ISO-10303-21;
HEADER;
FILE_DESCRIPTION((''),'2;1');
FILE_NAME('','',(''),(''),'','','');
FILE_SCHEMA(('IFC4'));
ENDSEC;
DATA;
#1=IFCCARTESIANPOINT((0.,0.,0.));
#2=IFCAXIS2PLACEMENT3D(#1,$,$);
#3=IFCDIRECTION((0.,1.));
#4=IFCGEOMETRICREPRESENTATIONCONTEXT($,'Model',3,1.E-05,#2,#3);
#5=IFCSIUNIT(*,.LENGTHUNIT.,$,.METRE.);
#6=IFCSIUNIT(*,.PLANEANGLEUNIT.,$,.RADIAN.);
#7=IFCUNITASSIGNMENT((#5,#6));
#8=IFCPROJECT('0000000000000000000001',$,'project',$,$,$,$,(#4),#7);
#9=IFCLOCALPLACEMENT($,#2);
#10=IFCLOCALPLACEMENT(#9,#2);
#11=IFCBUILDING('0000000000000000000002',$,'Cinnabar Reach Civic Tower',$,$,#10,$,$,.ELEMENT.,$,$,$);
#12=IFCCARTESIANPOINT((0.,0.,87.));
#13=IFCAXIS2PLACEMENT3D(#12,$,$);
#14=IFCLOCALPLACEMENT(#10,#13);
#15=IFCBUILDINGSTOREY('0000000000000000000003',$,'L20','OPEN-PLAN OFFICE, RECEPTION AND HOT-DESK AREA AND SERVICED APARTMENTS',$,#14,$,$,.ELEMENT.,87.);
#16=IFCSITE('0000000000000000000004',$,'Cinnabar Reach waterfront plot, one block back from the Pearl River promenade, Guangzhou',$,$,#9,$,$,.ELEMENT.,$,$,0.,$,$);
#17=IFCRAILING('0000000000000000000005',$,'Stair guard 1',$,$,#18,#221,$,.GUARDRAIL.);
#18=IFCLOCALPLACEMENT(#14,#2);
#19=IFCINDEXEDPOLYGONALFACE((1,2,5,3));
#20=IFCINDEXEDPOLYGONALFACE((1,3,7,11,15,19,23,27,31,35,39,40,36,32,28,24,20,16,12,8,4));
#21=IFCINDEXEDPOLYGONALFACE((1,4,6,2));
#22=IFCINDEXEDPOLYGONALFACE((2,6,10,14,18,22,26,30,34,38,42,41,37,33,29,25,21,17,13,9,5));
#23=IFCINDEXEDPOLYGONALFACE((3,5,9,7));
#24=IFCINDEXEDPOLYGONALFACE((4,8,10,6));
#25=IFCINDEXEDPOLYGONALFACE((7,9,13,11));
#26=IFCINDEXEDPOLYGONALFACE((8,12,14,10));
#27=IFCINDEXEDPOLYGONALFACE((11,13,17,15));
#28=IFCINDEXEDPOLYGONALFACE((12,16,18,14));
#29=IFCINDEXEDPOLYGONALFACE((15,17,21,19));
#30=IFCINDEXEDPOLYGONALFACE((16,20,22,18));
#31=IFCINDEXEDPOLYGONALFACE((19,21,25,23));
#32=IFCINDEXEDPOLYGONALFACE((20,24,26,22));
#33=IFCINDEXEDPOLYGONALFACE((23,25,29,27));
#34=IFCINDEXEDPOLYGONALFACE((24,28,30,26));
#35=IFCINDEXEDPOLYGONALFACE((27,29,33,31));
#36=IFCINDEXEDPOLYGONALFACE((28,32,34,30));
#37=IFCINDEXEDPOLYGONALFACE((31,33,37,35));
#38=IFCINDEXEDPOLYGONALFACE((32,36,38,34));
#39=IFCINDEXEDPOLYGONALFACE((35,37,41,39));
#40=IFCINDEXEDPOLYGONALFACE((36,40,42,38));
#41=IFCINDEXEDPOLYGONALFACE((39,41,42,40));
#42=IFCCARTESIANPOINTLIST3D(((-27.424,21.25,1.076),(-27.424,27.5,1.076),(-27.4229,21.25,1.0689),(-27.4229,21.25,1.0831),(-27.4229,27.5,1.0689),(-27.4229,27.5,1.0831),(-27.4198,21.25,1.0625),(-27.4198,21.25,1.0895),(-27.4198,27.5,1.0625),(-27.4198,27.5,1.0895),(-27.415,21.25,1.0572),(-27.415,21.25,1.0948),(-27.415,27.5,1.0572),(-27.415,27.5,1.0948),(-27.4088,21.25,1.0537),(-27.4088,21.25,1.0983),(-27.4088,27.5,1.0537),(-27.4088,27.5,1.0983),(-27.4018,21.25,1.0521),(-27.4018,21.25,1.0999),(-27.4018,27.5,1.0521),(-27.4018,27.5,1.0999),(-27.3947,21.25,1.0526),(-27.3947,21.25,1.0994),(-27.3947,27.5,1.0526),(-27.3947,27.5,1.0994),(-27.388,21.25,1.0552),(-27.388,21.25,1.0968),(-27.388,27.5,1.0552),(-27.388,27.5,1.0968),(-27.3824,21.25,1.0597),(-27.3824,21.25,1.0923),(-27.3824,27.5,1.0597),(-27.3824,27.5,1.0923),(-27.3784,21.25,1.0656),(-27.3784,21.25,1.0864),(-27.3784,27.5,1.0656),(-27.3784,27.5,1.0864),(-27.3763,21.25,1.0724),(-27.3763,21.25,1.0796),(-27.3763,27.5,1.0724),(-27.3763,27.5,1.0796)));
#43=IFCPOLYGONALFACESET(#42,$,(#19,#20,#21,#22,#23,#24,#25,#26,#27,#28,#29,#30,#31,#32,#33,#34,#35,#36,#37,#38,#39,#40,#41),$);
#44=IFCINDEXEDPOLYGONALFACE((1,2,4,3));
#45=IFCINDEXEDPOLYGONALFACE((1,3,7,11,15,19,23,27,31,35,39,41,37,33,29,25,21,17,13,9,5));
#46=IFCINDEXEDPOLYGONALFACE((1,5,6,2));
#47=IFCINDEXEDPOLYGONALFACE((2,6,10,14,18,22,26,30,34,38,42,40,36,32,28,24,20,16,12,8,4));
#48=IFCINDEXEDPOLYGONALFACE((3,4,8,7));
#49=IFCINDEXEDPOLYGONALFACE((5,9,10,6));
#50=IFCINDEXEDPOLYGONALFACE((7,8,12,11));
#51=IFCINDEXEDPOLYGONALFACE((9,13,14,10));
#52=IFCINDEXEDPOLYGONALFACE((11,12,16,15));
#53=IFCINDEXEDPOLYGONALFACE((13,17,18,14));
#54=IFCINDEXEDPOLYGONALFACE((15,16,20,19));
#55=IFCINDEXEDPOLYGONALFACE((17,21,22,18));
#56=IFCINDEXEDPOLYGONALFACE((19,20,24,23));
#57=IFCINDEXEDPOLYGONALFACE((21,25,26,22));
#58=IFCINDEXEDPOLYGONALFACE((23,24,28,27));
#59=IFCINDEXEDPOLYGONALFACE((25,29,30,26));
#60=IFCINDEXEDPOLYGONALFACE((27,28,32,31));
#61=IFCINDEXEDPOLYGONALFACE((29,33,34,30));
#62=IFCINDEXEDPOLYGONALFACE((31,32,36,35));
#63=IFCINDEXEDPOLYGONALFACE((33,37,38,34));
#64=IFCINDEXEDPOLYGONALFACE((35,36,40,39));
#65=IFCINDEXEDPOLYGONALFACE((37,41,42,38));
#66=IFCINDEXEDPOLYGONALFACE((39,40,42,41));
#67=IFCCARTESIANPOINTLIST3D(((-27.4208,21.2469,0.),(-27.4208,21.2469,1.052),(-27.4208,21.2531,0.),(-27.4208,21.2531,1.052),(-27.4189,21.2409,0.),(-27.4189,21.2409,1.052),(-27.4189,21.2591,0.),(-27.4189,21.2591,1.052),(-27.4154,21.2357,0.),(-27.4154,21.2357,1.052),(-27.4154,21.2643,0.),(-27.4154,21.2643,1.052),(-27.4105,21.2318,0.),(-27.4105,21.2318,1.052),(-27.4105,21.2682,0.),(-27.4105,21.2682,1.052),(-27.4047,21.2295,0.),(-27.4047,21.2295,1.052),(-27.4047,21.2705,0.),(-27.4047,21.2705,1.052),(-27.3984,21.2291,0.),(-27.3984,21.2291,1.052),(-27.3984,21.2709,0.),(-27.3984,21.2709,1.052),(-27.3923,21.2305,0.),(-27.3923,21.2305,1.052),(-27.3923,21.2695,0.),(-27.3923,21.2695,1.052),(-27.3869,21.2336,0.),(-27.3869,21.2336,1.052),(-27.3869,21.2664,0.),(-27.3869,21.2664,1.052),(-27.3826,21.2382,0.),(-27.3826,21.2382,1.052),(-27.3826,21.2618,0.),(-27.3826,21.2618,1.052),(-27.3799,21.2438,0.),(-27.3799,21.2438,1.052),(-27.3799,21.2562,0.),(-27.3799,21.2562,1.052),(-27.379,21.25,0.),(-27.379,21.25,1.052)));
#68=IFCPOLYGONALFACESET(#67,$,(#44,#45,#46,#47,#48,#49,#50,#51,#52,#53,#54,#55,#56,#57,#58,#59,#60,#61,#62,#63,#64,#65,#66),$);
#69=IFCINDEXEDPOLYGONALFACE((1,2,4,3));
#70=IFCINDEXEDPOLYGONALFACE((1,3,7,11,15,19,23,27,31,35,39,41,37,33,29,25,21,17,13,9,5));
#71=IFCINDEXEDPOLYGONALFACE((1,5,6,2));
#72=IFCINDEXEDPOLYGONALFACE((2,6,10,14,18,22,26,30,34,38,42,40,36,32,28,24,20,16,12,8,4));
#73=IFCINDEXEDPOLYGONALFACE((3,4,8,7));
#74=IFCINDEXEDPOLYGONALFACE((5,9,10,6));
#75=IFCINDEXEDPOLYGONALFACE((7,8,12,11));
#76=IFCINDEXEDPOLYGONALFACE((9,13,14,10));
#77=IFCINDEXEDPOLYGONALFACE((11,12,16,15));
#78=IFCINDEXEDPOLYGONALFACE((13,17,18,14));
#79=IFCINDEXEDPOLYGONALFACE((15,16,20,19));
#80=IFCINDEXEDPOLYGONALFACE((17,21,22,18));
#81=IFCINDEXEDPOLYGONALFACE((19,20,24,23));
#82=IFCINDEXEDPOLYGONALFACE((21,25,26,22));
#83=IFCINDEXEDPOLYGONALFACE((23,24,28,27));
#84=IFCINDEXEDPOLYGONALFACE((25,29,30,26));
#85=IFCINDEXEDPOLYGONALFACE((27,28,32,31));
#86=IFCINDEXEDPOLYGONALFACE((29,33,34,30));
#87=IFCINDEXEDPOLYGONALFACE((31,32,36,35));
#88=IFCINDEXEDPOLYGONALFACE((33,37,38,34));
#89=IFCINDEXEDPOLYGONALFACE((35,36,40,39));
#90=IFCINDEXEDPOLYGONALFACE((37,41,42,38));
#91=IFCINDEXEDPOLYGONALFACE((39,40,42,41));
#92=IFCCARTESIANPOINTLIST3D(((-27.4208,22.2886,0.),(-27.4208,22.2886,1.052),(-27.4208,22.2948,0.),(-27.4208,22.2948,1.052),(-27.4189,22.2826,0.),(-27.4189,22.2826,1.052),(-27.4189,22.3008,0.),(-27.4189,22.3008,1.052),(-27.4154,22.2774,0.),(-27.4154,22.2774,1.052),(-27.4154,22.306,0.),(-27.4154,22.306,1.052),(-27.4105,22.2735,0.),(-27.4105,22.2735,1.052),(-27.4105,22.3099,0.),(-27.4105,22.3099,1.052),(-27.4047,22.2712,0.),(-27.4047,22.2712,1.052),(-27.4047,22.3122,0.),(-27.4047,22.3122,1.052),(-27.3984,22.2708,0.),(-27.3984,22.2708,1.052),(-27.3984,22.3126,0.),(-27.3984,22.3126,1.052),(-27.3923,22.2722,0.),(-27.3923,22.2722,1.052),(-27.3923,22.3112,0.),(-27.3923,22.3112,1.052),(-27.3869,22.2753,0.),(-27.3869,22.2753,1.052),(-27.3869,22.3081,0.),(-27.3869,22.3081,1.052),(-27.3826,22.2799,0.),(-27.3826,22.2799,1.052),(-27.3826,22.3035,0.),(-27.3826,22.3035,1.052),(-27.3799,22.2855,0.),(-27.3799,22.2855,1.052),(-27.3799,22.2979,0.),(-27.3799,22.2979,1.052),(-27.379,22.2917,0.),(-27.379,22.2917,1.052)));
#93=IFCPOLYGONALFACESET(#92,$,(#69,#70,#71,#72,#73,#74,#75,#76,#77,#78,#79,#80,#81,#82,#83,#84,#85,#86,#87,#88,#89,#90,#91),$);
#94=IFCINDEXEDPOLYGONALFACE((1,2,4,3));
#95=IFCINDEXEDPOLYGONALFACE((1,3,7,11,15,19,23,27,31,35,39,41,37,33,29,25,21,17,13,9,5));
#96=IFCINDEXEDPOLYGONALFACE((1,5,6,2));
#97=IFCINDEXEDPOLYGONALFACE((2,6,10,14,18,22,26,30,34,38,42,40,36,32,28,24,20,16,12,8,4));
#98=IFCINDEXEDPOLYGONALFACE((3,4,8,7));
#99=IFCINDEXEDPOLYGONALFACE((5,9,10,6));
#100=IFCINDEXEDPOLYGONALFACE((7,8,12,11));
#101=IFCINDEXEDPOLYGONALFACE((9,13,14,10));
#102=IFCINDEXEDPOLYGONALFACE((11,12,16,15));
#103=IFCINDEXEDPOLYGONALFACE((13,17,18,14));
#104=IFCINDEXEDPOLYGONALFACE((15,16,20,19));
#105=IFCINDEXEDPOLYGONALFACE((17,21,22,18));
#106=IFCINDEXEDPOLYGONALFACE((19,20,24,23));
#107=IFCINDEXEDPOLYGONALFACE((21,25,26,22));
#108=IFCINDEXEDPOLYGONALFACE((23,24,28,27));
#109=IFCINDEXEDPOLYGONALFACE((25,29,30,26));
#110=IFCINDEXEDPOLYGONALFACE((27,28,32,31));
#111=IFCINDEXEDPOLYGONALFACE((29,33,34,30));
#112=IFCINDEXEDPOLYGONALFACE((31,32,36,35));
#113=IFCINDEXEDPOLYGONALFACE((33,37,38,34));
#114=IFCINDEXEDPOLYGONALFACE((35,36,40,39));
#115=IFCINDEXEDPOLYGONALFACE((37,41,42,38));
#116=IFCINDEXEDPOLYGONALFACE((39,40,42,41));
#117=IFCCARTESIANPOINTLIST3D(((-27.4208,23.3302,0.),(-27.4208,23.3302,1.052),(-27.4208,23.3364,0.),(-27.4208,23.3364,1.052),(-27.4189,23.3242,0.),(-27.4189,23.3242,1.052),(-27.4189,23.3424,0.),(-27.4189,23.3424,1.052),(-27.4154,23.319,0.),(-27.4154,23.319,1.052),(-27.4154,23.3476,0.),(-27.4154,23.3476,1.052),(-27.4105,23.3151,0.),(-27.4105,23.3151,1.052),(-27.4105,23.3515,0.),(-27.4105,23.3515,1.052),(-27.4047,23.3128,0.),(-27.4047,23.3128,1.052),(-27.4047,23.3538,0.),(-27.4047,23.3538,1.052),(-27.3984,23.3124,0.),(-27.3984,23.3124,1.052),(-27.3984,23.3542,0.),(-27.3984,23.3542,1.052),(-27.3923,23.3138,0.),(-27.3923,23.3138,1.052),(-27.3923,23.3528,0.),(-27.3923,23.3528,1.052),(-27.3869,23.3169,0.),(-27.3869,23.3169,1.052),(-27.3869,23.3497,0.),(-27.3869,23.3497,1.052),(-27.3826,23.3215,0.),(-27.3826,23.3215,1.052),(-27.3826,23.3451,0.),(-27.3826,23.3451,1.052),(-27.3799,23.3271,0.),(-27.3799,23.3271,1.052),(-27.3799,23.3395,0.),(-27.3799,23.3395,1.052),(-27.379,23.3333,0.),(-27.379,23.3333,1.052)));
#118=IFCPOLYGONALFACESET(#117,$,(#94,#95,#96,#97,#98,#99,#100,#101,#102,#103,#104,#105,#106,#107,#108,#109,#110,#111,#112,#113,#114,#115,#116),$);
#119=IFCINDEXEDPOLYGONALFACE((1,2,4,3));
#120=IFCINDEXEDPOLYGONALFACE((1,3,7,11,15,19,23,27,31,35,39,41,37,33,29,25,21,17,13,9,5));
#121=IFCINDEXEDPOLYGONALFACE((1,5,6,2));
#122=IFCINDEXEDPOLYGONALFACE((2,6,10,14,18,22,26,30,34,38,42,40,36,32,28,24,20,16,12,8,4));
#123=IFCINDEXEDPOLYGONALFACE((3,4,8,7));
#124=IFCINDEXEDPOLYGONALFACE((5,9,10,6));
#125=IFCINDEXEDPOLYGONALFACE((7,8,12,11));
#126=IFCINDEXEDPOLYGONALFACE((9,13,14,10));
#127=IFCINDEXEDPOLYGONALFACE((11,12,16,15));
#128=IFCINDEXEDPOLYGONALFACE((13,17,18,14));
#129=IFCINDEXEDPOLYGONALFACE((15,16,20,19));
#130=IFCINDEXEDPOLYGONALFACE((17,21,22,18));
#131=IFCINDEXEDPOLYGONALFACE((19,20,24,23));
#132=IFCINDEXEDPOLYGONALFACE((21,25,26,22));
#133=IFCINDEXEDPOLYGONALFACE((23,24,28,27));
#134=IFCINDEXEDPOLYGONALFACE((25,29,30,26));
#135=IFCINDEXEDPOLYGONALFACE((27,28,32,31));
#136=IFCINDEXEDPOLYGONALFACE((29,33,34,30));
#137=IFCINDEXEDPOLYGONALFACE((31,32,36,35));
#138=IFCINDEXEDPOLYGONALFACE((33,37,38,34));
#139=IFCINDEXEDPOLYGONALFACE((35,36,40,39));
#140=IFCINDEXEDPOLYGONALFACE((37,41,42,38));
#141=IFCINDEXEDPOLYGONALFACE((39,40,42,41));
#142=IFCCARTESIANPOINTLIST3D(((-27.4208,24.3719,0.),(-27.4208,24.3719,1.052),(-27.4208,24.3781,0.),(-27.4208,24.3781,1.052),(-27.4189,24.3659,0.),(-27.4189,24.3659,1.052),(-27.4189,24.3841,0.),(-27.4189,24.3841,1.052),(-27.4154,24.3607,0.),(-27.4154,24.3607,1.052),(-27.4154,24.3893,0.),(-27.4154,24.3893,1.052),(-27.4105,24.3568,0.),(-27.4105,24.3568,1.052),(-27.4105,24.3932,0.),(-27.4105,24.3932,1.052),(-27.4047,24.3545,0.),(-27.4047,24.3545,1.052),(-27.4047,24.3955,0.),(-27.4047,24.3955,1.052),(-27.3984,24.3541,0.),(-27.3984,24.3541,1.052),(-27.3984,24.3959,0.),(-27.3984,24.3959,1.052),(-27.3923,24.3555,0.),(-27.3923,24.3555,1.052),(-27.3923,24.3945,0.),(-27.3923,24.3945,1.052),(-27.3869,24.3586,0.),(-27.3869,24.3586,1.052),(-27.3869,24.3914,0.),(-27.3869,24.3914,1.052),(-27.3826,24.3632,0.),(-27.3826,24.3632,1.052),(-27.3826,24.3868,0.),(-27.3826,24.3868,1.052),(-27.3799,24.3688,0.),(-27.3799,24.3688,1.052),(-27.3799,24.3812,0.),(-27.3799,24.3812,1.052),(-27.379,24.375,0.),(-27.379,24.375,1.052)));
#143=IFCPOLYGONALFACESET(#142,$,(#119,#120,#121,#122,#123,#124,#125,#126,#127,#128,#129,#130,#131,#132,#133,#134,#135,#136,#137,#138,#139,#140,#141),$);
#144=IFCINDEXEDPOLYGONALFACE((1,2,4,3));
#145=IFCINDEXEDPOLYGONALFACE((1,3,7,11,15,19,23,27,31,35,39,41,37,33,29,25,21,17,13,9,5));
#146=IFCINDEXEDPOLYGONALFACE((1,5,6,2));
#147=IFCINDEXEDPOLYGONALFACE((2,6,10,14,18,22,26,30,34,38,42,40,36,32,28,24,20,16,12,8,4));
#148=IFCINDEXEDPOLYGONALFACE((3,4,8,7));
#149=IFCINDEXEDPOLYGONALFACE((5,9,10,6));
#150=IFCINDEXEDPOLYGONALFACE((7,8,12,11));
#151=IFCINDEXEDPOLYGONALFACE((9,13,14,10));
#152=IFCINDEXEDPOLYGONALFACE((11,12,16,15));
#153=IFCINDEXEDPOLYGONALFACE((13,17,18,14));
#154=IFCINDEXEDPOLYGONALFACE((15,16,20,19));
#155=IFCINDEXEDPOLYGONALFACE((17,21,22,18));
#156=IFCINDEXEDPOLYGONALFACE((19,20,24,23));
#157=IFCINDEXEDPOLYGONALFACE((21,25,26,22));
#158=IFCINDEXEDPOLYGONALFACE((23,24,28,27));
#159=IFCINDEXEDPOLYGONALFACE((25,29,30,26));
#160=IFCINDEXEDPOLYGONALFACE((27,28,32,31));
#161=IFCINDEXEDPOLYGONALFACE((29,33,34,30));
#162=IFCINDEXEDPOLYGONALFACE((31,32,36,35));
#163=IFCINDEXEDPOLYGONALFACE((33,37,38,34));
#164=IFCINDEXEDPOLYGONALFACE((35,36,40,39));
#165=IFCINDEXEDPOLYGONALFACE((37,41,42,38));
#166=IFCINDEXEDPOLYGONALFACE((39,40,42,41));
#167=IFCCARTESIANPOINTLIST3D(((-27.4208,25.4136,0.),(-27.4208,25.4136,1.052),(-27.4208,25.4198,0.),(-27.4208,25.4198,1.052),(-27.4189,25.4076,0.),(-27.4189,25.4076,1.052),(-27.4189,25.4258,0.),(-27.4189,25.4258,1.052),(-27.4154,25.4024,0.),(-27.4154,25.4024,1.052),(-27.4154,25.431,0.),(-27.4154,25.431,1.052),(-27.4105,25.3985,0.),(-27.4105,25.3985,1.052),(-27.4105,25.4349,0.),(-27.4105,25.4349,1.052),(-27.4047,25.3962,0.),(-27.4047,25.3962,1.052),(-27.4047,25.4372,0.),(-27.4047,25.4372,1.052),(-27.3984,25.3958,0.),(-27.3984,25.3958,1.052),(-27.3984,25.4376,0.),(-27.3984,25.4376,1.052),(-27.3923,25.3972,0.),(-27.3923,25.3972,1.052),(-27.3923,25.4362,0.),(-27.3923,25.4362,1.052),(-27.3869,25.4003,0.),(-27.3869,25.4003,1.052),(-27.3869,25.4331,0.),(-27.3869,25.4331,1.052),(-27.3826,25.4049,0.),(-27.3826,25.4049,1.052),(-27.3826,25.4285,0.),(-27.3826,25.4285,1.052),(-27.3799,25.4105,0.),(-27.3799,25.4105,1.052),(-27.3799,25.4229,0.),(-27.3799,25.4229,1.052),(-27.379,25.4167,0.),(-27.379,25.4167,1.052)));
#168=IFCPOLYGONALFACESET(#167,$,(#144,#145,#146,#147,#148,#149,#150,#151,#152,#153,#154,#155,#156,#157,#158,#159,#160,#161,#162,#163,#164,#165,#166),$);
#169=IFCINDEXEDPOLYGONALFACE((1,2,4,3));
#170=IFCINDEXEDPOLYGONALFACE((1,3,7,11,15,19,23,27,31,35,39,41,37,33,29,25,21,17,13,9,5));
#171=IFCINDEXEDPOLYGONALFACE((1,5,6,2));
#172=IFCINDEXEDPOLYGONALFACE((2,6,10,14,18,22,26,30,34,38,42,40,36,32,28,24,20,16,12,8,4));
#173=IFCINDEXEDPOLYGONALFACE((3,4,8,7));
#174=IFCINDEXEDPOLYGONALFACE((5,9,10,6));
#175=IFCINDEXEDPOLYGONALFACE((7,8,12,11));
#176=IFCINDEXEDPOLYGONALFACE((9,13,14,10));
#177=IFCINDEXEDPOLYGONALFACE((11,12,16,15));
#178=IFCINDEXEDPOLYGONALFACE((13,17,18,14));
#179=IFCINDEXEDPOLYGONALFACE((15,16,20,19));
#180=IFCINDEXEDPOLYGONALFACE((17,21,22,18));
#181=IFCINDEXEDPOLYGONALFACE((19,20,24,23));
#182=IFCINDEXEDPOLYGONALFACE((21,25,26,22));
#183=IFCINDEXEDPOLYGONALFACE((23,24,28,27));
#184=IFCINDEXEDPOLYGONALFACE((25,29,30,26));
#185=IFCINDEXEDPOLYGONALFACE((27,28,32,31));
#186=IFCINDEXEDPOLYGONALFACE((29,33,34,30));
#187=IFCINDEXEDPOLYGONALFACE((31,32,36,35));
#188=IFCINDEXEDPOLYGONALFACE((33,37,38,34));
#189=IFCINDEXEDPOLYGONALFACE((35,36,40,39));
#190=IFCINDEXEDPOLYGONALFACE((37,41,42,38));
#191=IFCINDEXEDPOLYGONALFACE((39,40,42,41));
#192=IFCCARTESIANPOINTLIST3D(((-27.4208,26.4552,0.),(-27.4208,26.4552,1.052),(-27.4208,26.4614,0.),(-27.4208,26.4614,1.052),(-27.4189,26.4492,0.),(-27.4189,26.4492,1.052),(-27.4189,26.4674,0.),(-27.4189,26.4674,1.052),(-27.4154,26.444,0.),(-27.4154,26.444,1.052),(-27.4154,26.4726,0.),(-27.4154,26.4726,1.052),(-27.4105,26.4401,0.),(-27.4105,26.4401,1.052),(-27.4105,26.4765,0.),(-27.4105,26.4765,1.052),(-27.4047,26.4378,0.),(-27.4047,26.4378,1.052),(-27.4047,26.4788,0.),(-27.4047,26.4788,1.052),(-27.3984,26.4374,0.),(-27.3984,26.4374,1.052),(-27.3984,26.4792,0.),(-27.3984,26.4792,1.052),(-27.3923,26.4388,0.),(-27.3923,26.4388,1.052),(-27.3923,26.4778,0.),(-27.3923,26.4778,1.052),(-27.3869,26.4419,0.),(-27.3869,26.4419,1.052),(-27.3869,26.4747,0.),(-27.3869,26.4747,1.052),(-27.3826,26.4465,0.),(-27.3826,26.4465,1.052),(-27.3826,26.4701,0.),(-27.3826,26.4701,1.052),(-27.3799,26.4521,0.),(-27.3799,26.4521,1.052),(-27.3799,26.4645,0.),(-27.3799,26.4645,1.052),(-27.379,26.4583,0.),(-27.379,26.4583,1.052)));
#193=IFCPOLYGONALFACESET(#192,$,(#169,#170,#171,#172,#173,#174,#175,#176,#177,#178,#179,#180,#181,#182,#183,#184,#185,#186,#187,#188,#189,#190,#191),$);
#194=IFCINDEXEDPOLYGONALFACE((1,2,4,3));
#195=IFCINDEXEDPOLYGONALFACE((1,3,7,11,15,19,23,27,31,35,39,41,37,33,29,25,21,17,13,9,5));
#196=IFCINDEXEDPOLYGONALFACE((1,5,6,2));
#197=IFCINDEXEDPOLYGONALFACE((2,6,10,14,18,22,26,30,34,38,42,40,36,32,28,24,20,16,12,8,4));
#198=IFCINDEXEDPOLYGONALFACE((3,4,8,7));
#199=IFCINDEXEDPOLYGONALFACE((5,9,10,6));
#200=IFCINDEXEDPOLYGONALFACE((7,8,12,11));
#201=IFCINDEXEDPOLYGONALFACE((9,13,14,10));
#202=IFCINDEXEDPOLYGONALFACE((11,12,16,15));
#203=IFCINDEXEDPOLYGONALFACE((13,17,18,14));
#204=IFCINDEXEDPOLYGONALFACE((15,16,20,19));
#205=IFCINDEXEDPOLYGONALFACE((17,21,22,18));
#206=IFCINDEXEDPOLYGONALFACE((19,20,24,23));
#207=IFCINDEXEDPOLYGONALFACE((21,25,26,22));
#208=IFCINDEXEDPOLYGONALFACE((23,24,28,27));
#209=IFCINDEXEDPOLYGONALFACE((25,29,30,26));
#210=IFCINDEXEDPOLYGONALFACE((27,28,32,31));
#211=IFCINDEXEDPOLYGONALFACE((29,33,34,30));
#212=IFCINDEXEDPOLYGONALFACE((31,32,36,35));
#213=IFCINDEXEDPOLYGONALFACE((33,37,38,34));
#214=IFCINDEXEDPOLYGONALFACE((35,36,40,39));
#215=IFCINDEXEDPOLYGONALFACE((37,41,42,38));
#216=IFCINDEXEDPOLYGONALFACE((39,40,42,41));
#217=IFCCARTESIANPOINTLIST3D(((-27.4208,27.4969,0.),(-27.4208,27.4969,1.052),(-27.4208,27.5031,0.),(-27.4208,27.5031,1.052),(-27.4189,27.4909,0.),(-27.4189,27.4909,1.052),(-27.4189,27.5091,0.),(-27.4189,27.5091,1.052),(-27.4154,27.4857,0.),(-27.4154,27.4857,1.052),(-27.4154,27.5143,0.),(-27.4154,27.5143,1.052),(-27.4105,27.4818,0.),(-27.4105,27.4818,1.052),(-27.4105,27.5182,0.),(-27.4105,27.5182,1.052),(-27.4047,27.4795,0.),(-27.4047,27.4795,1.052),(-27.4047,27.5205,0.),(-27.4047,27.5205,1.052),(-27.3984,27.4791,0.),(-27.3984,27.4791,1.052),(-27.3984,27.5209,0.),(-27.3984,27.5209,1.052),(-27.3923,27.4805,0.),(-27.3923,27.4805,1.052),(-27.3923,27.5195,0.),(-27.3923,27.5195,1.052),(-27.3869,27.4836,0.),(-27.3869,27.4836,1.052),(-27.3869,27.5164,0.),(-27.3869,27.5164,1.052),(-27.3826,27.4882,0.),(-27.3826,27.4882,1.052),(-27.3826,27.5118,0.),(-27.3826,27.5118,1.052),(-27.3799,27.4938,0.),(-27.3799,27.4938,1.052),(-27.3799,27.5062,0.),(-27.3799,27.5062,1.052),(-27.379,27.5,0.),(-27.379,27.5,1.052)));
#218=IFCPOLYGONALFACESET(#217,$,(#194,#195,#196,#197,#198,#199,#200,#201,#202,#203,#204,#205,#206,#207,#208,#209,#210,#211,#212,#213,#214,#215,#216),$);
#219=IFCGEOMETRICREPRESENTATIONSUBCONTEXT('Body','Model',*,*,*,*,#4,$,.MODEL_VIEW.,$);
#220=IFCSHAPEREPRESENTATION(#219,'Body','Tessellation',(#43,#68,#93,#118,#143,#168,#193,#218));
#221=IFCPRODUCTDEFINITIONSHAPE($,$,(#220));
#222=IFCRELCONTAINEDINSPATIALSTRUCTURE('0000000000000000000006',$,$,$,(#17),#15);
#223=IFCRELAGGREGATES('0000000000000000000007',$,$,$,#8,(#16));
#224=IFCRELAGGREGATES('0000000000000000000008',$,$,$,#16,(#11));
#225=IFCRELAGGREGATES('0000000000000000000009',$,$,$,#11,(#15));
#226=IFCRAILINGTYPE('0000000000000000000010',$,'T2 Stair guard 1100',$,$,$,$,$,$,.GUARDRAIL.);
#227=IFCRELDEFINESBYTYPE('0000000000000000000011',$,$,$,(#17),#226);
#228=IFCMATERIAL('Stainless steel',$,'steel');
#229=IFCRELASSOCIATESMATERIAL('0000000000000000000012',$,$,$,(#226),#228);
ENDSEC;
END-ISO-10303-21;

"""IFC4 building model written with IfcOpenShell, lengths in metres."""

from ifc_helpers import new_model, si_unit, direction, frame, origin, origin_2d, place, context, subcontext, project, spatial, circle, extrude, material, type_object, element, save


model = new_model("IFC4")

# Units and contexts
model_context = context("Model", 3, precision=1e-05, world=origin(), true_north=direction((0.0, 1.0)))
body_context = subcontext(model_context, "Body", "Model", "MODEL_VIEW")
ifc_project = project(units=[si_unit("LENGTHUNIT", "METRE"), si_unit("PLANEANGLEUNIT", "RADIAN")], contexts=[model_context])

# Site, building, storey
site_placement = place(None, origin())
site = spatial("IfcSite", under=ifc_project, at=site_placement, Name="Cinnabar Reach waterfront plot, one block back from the Pearl River promenade, Guangzhou", CompositionType="ELEMENT", RefElevation=0.0)
building_placement = place(site_placement, origin())
building = spatial("IfcBuilding", under=site, at=building_placement, Name="Cinnabar Reach Civic Tower", CompositionType="ELEMENT")
storey_placement = place(building_placement, frame((0.0, 0.0, 87.0)))
storey = spatial("IfcBuildingStorey", under=building, at=storey_placement, Name="L20", Description="OPEN-PLAN OFFICE, RECEPTION AND HOT-DESK AREA AND SERVICED APARTMENTS", CompositionType="ELEMENT", Elevation=87.0)

# Railing
ifc_material_1 = material(Name="Stainless steel", Category="steel")
railing_type = type_object("IfcRailingType", Name="T2 Stair guard 1100", PredefinedType="GUARDRAIL", material=ifc_material_1)
for number, where, name in (
    (1, (-27.4, 21.25, 0.0), "Stair guard 1"),
):
    element("IfcRailing", number, at=place(storey_placement, frame(where)), inside=storey, type_object=railing_type, Name=name, PredefinedType="GUARDRAIL", context=body_context, shape_type="SweptSolid", body=[
        extrude(circle(Radius=0.024, at=origin_2d()), frame((0.0, 0.0, 1.076), z_axis=(0.0, 1.0, 0.0), x_axis=(-1.0, 0.0, 0.0)), (0.0, 0.0, 1.0), 6.25),
        extrude(circle(Radius=0.021, at=origin_2d()), origin(), (0.0, 0.0, 1.0), 1.052),
        extrude(circle(Radius=0.021, at=origin_2d()), frame((0.0, 1.0417, 0.0)), (0.0, 0.0, 1.0), 1.052),
        extrude(circle(Radius=0.021, at=origin_2d()), frame((0.0, 2.0833, 0.0)), (0.0, 0.0, 1.0), 1.052),
        extrude(circle(Radius=0.021, at=origin_2d()), frame((0.0, 3.125, 0.0)), (0.0, 0.0, 1.0), 1.052),
        extrude(circle(Radius=0.021, at=origin_2d()), frame((0.0, 4.1667, 0.0)), (0.0, 0.0, 1.0), 1.052),
        extrude(circle(Radius=0.021, at=origin_2d()), frame((0.0, 5.2083, 0.0)), (0.0, 0.0, 1.0), 1.052),
        extrude(circle(Radius=0.021, at=origin_2d()), frame((0.0, 6.25, 0.0)), (0.0, 0.0, 1.0), 1.052),
    ])

save(model, "model.ifc")
